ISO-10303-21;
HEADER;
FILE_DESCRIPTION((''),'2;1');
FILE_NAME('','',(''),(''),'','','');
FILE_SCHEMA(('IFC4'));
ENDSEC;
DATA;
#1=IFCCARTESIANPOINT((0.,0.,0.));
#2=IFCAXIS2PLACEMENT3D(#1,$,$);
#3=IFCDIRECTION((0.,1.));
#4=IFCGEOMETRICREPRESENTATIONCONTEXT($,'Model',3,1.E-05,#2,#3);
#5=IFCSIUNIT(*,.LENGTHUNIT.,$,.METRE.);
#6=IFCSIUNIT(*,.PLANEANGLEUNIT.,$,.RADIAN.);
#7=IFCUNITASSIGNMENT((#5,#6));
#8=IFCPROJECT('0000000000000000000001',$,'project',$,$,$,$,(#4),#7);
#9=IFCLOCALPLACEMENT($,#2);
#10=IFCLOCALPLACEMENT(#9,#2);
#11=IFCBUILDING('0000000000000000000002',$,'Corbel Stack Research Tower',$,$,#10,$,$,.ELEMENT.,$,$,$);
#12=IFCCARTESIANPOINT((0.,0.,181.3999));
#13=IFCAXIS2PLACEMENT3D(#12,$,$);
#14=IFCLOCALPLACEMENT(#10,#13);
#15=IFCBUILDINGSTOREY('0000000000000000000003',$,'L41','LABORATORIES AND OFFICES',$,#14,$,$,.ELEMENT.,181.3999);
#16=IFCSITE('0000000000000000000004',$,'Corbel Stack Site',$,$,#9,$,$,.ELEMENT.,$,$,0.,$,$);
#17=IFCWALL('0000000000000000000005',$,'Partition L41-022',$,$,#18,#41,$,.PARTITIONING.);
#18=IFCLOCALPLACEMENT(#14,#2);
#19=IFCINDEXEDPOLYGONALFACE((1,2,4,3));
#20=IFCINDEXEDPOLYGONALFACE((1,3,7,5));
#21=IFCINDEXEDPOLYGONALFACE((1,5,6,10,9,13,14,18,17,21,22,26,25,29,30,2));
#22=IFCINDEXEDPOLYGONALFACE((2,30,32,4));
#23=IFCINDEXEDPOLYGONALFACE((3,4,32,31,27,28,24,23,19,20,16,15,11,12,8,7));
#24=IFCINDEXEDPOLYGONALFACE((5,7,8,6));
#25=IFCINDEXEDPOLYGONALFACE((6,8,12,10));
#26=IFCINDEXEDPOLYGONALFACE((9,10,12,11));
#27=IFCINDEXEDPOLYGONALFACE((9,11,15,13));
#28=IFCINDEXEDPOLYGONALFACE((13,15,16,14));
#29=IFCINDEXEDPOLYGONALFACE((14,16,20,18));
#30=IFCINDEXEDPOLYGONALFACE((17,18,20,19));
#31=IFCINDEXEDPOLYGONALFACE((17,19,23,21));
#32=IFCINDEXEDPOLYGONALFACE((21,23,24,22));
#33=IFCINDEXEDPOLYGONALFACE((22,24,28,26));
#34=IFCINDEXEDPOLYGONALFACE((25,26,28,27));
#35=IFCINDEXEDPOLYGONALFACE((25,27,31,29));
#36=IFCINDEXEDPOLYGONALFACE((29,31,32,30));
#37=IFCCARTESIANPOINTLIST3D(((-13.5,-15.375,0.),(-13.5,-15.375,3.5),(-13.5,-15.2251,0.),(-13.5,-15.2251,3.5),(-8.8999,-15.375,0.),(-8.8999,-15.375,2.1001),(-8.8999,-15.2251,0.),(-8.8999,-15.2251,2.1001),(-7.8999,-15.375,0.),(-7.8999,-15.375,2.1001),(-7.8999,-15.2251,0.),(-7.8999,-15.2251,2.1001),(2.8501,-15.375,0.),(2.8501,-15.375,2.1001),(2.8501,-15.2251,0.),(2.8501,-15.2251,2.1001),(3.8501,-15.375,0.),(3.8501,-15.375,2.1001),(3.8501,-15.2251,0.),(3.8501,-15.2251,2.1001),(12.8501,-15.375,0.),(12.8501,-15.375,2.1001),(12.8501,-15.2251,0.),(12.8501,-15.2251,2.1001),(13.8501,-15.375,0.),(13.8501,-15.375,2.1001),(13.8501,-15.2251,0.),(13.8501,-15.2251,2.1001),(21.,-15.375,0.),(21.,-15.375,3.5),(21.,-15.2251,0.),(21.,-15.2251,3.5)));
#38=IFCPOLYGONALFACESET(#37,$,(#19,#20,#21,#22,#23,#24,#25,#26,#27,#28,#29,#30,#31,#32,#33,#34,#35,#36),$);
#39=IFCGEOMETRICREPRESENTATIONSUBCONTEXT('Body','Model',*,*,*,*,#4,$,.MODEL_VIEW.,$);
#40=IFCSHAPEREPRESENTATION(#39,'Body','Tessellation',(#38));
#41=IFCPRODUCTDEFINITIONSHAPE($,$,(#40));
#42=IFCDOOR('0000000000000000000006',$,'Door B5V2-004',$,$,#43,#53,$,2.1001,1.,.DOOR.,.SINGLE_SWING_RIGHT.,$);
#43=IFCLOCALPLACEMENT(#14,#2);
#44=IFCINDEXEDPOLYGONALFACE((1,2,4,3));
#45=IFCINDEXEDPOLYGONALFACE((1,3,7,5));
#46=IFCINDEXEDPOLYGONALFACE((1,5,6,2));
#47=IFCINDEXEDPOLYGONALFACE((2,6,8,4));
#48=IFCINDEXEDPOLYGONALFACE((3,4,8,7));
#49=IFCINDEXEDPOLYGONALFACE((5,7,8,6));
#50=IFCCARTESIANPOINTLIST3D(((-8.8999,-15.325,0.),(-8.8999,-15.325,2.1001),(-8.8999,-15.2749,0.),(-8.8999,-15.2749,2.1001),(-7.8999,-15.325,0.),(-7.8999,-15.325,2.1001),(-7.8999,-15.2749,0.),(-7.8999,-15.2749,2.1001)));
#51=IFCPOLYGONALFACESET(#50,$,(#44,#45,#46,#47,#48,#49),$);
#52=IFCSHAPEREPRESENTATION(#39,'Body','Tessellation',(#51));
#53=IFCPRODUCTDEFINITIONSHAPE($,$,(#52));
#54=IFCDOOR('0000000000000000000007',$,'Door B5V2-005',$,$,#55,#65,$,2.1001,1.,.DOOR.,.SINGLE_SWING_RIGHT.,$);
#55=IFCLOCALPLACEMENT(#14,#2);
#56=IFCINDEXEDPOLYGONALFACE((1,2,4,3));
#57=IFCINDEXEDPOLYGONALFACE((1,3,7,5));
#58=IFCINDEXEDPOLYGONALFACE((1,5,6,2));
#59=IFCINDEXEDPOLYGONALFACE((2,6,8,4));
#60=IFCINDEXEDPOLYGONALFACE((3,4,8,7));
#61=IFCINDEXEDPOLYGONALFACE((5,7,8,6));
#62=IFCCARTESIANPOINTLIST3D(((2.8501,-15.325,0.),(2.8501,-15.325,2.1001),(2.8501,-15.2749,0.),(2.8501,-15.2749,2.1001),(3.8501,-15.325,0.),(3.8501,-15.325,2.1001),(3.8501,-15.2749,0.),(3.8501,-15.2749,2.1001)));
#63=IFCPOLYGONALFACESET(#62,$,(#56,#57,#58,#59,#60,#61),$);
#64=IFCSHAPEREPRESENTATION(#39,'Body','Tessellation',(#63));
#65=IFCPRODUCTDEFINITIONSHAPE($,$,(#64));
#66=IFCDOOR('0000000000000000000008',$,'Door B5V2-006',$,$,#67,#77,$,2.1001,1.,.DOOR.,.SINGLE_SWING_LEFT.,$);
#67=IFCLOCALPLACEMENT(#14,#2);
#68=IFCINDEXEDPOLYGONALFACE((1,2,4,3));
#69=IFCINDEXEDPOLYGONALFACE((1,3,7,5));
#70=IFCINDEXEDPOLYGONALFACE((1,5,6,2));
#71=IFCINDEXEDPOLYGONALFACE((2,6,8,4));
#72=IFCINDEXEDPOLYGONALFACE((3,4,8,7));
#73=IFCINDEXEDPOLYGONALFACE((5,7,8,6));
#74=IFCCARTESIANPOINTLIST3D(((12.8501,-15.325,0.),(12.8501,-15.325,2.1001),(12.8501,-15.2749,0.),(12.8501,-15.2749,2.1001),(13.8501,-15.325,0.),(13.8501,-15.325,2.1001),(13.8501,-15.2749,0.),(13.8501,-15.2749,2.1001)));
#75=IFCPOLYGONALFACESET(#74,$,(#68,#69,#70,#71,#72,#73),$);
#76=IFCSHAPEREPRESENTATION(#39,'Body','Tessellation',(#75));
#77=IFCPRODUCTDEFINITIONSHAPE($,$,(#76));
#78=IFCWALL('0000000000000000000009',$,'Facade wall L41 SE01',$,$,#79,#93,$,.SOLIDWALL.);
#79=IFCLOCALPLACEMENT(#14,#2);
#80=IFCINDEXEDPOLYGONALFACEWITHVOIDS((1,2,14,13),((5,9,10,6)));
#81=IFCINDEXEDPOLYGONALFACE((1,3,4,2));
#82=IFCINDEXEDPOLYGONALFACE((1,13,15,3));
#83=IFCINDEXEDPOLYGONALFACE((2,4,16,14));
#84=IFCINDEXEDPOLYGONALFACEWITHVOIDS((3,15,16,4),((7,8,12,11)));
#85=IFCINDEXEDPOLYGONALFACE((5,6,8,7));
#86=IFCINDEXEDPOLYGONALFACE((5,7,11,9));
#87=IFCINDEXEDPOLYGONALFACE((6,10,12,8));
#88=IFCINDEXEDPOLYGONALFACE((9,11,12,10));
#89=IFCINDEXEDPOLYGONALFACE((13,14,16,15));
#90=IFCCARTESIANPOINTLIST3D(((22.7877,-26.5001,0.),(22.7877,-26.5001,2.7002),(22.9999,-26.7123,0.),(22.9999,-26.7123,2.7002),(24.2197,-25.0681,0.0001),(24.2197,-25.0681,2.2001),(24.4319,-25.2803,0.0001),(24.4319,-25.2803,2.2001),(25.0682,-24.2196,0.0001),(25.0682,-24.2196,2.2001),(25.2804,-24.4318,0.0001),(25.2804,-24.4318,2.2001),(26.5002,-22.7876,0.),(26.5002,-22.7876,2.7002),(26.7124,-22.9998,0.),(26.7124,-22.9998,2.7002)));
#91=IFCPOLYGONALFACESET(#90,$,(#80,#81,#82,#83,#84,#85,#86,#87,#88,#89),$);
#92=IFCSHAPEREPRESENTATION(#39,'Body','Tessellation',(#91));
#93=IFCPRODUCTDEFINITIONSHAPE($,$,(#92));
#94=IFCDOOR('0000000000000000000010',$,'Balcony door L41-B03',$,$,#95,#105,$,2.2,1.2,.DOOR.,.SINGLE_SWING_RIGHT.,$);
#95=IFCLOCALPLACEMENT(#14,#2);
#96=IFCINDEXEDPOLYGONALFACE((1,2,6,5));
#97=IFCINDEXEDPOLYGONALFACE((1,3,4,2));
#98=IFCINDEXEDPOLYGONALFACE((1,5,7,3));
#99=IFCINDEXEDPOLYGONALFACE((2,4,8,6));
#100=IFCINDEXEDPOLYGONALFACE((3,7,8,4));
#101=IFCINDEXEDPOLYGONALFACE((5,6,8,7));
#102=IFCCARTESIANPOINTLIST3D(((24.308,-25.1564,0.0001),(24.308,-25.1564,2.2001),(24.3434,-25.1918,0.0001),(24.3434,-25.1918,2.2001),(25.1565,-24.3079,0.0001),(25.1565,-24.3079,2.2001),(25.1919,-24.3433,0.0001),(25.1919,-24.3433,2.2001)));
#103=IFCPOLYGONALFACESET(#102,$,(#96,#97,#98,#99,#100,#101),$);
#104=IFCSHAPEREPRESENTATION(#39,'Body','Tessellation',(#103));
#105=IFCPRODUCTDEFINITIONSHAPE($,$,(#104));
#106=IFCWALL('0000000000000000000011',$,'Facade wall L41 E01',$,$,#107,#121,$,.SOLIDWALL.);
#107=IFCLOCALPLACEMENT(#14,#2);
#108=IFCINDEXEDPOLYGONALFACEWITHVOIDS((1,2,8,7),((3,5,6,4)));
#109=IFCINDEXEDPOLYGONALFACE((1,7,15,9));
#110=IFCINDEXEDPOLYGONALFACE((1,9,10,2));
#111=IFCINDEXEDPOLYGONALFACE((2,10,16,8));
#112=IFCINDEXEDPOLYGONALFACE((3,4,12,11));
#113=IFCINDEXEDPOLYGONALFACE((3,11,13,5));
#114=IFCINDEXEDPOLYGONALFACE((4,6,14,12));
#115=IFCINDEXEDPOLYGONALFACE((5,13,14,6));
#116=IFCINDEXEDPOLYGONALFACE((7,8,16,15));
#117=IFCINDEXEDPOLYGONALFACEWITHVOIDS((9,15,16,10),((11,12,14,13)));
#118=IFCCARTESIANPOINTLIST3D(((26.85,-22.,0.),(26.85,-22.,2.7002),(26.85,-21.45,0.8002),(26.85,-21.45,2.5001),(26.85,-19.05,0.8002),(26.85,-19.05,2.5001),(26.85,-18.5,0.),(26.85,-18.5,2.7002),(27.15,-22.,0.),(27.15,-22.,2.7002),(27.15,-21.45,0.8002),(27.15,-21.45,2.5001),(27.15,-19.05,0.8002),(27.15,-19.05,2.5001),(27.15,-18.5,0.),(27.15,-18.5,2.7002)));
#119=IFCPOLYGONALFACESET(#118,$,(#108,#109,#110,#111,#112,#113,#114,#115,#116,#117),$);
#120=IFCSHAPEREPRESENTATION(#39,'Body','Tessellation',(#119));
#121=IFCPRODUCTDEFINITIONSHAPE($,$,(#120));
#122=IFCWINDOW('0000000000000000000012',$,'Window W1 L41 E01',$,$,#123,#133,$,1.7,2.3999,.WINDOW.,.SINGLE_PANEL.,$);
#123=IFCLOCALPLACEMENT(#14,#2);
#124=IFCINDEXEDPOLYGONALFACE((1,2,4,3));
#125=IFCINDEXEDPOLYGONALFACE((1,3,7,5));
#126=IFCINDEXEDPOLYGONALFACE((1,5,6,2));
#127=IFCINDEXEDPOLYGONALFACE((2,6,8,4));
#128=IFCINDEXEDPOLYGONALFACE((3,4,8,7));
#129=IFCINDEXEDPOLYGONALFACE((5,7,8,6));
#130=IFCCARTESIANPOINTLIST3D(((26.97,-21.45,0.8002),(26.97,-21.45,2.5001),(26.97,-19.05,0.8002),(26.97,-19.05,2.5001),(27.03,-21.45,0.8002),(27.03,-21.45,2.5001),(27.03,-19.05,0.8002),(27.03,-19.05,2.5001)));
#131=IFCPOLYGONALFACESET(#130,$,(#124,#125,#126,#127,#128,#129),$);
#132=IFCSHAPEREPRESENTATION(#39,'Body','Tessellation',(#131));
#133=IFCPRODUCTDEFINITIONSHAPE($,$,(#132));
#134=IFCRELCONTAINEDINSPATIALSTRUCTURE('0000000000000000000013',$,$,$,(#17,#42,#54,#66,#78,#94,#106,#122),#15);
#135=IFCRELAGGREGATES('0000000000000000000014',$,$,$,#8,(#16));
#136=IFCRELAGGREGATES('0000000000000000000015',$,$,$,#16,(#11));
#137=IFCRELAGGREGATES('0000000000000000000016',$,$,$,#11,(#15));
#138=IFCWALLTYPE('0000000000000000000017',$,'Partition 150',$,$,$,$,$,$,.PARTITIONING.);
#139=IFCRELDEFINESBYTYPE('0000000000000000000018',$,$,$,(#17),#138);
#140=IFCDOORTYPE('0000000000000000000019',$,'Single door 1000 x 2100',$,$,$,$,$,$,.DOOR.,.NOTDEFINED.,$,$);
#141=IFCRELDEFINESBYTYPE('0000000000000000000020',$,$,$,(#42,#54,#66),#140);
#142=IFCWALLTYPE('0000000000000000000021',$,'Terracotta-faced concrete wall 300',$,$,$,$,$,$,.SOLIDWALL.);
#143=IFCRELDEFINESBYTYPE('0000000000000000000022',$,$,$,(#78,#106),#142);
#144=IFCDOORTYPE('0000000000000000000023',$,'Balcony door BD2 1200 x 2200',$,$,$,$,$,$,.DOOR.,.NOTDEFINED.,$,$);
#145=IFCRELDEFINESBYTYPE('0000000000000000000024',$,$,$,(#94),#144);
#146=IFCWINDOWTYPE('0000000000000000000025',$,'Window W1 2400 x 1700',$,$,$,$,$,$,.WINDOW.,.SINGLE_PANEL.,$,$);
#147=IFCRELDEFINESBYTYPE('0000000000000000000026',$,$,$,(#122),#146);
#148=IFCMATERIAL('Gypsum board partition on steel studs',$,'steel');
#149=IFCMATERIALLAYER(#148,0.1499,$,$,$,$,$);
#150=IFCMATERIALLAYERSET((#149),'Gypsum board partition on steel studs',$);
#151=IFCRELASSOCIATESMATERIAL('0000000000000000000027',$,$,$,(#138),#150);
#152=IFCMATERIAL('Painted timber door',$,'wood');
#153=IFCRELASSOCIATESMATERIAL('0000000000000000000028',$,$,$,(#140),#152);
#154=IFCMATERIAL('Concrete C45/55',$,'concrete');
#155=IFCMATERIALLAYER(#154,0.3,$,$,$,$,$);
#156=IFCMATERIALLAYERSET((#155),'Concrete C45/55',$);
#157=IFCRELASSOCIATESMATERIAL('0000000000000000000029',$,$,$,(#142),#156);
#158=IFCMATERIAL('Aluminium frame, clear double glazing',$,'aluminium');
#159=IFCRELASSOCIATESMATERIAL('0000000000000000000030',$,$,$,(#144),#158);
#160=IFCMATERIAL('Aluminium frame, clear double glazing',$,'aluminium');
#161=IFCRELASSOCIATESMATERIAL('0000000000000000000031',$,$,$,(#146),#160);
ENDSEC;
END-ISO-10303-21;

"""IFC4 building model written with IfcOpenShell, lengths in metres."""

from ifc_helpers import new_model, si_unit, direction, frame, frame_2d, origin, place, context, subcontext, project, spatial, rectangle, extrude, material, layer, layer_set, type_object, element, fill, save


model = new_model("IFC4")

# Units and contexts
model_context = context("Model", 3, precision=1e-05, world=origin(), true_north=direction((0.0, 1.0)))
body_context = subcontext(model_context, "Body", "Model", "MODEL_VIEW")
ifc_project = project(units=[si_unit("LENGTHUNIT", "METRE"), si_unit("PLANEANGLEUNIT", "RADIAN")], contexts=[model_context])

# Site, building, storey
site_placement = place(None, origin())
site = spatial("IfcSite", under=ifc_project, at=site_placement, Name="Corbel Stack Site", CompositionType="ELEMENT", RefElevation=0.0)
building_placement = place(site_placement, origin())
building = spatial("IfcBuilding", under=site, at=building_placement, Name="Corbel Stack Research Tower", CompositionType="ELEMENT")
storey_placement = place(building_placement, frame((0.0, 0.0, 181.3999)))
storey = spatial("IfcBuildingStorey", under=building, at=storey_placement, Name="L41", Description="LABORATORIES AND OFFICES", CompositionType="ELEMENT", Elevation=181.3999)

# Wall, openings, doors
ifc_material_1 = material(Name="Gypsum board partition on steel studs", Category="steel")
ifc_layer_1 = layer(ifc_material_1, 0.1499)
ifc_layer_set_1 = layer_set([ifc_layer_1], Name="Gypsum board partition on steel studs")
wall_type_1 = type_object("IfcWallType", Name="Partition 150", PredefinedType="PARTITIONING", material=ifc_layer_set_1)
ifc_material_2 = material(Name="Painted timber door", Category="wood")
door_type_1 = type_object("IfcDoorType", Name="Single door 1000 x 2100", OperationType="NOTDEFINED", PredefinedType="DOOR", material=ifc_material_2)
wall_1_placement = place(storey_placement, frame((21.0, -15.3, 0.0), z_axis=(0.0, 0.0, 1.0), x_axis=(-1.0, 0.0, 0.0)))
wall_1 = element("IfcWall", 1, at=wall_1_placement, inside=storey, type_object=wall_type_1, Name="Partition L41-022", PredefinedType="PARTITIONING", context=body_context, shape_type="SweptSolid", body=[
    extrude(rectangle(XDim=34.5, YDim=0.1499, at=frame_2d((17.25, 0.0))), origin(), (0.0, 0.0, 1.0), 3.5),
])
opening_1_placement = place(wall_1_placement, frame((28.8999, 0.0, 0.0)))
opening_1 = element("IfcOpeningElement", 2, at=opening_1_placement, cuts=wall_1, PredefinedType="OPENING", context=body_context, shape_type="SweptSolid", body=[
    extrude(rectangle(XDim=1.0, YDim=2.1001, at=frame_2d((0.5, 1.05))), frame((0.0, 0.085, 0.0), z_axis=(0.0, -1.0, 0.0), x_axis=(1.0, 0.0, 0.0)), (0.0, 0.0, 1.0), 0.1699),
])
opening_2_placement = place(wall_1_placement, frame((17.1499, 0.0, 0.0)))
opening_2 = element("IfcOpeningElement", 3, at=opening_2_placement, cuts=wall_1, PredefinedType="OPENING", context=body_context, shape_type="SweptSolid", body=[
    extrude(rectangle(XDim=1.0, YDim=2.1001, at=frame_2d((0.5, 1.05))), frame((0.0, 0.085, 0.0), z_axis=(0.0, -1.0, 0.0), x_axis=(1.0, 0.0, 0.0)), (0.0, 0.0, 1.0), 0.1699),
])
opening_3_placement = place(wall_1_placement, frame((7.1499, 0.0, 0.0)))
opening_3 = element("IfcOpeningElement", 4, at=opening_3_placement, cuts=wall_1, PredefinedType="OPENING", context=body_context, shape_type="SweptSolid", body=[
    extrude(rectangle(XDim=1.0, YDim=2.1001, at=frame_2d((0.5, 1.05))), frame((0.0, 0.085, 0.0), z_axis=(0.0, -1.0, 0.0), x_axis=(1.0, 0.0, 0.0)), (0.0, 0.0, 1.0), 0.1699),
])
door_1_placement = place(opening_1_placement, origin())
door_1 = element("IfcDoor", 5, at=door_1_placement, inside=storey, type_object=door_type_1, Name="Door B5V2-004", OperationType="SINGLE_SWING_RIGHT", OverallHeight=2.1001, OverallWidth=1.0, PredefinedType="DOOR", context=body_context, shape_type="SweptSolid", body=[
    extrude(rectangle(XDim=1.0, YDim=2.1001, at=frame_2d((0.5, 1.05))), frame((0.0, 0.0249, 0.0), z_axis=(0.0, -1.0, 0.0), x_axis=(1.0, 0.0, 0.0)), (0.0, 0.0, 1.0), 0.05),
])
fill(opening_1, door_1)
door_2_placement = place(opening_2_placement, origin())
door_2 = element("IfcDoor", 6, at=door_2_placement, inside=storey, type_object=door_type_1, Name="Door B5V2-005", OperationType="SINGLE_SWING_RIGHT", OverallHeight=2.1001, OverallWidth=1.0, PredefinedType="DOOR", context=body_context, shape_type="SweptSolid", body=[
    extrude(rectangle(XDim=1.0, YDim=2.1001, at=frame_2d((0.5, 1.05))), frame((0.0, 0.0249, 0.0), z_axis=(0.0, -1.0, 0.0), x_axis=(1.0, 0.0, 0.0)), (0.0, 0.0, 1.0), 0.05),
])
fill(opening_2, door_2)
door_3_placement = place(opening_3_placement, origin())
door_3 = element("IfcDoor", 7, at=door_3_placement, inside=storey, type_object=door_type_1, Name="Door B5V2-006", OperationType="SINGLE_SWING_LEFT", OverallHeight=2.1001, OverallWidth=1.0, PredefinedType="DOOR", context=body_context, shape_type="SweptSolid", body=[
    extrude(rectangle(XDim=1.0, YDim=2.1001, at=frame_2d((0.5, 1.05))), frame((0.0, 0.0249, 0.0), z_axis=(0.0, -1.0, 0.0), x_axis=(1.0, 0.0, 0.0)), (0.0, 0.0, 1.0), 0.05),
])
fill(opening_3, door_3)

# Wall, opening, door
ifc_material_3 = material(Name="Concrete C45/55", Category="concrete")
ifc_layer_2 = layer(ifc_material_3, 0.3)
ifc_layer_set_2 = layer_set([ifc_layer_2], Name="Concrete C45/55")
wall_type_2 = type_object("IfcWallType", Name="Terracotta-faced concrete wall 300", PredefinedType="SOLIDWALL", material=ifc_layer_set_2)
wall_2_placement = place(storey_placement, frame((26.6062, -22.8938, 0.0), z_axis=(0.0, 0.0, 1.0), x_axis=(-0.707107, -0.707107, 0.0)))
wall_2 = element("IfcWall", 8, at=wall_2_placement, inside=storey, type_object=wall_type_2, Name="Facade wall L41 SE01", PredefinedType="SOLIDWALL", context=body_context, shape_type="SweptSolid", body=[
    extrude(rectangle(XDim=5.2502, YDim=0.3, at=frame_2d((2.625, 0.0))), origin(), (0.0, 0.0, 1.0), 2.7002),
])
opening_4_placement = place(wall_2_placement, frame((2.0249, 0.0, 0.0)))
opening_4 = element("IfcOpeningElement", 9, at=opening_4_placement, cuts=wall_2, PredefinedType="OPENING", context=body_context, shape_type="SweptSolid", body=[
    extrude(rectangle(XDim=1.2, YDim=2.2, at=frame_2d((0.6001, 1.1001))), frame((0.0, 0.1599, 0.0), z_axis=(0.0, -1.0, 0.0), x_axis=(1.0, 0.0, 0.0)), (0.0, 0.0, 1.0), 0.3201),
])
ifc_material_4 = material(Name="Aluminium frame, clear double glazing", Category="aluminium")
door_type_2 = type_object("IfcDoorType", Name="Balcony door BD2 1200 x 2200", OperationType="NOTDEFINED", PredefinedType="DOOR", material=ifc_material_4)
door_4_placement = place(opening_4_placement, origin())
door_4 = element("IfcDoor", 10, at=door_4_placement, inside=storey, type_object=door_type_2, Name="Balcony door L41-B03", OperationType="SINGLE_SWING_RIGHT", OverallHeight=2.2, OverallWidth=1.2, PredefinedType="DOOR", context=body_context, shape_type="SweptSolid", body=[
    extrude(rectangle(XDim=1.2, YDim=2.2, at=frame_2d((0.6001, 1.1001))), frame((0.0, 0.0249, 0.0), z_axis=(0.0, -1.0, 0.0), x_axis=(1.0, 0.0, 0.0)), (0.0, 0.0, 1.0), 0.05),
])
fill(opening_4, door_4)

# Wall, opening, window
wall_3_placement = place(storey_placement, frame((27.0, -18.5, 0.0), z_axis=(0.0, 0.0, 1.0), x_axis=(0.0, -1.0, 0.0)))
wall_3 = element("IfcWall", 11, at=wall_3_placement, inside=storey, type_object=wall_type_2, Name="Facade wall L41 E01", PredefinedType="SOLIDWALL", context=body_context, shape_type="SweptSolid", body=[
    extrude(rectangle(XDim=3.5, YDim=0.3, at=frame_2d((1.75, 0.0))), origin(), (0.0, 0.0, 1.0), 2.7002),
])
opening_5_placement = place(wall_3_placement, frame((0.55, 0.0, 0.8)))
opening_5 = element("IfcOpeningElement", 12, at=opening_5_placement, cuts=wall_3, PredefinedType="OPENING", context=body_context, shape_type="SweptSolid", body=[
    extrude(rectangle(XDim=2.3999, YDim=1.7, at=frame_2d((1.2, 0.8501))), frame((0.0, 0.1599, 0.0), z_axis=(0.0, -1.0, 0.0), x_axis=(1.0, 0.0, 0.0)), (0.0, 0.0, 1.0), 0.3201),
])
ifc_material_5 = material(Name="Aluminium frame, clear double glazing", Category="aluminium")
window_type = type_object("IfcWindowType", Name="Window W1 2400 x 1700", PartitioningType="SINGLE_PANEL", PredefinedType="WINDOW", material=ifc_material_5)
window_placement = place(opening_5_placement, origin())
window = element("IfcWindow", 13, at=window_placement, inside=storey, type_object=window_type, Name="Window W1 L41 E01", OverallHeight=1.7, OverallWidth=2.3999, PartitioningType="SINGLE_PANEL", PredefinedType="WINDOW", context=body_context, shape_type="SweptSolid", body=[
    extrude(rectangle(XDim=2.3999, YDim=1.7, at=frame_2d((1.2, 0.8501))), frame((0.0, 0.03, 0.0), z_axis=(0.0, -1.0, 0.0), x_axis=(1.0, 0.0, 0.0)), (0.0, 0.0, 1.0), 0.0601),
])
fill(opening_5, window)

save(model, "model.ifc")
